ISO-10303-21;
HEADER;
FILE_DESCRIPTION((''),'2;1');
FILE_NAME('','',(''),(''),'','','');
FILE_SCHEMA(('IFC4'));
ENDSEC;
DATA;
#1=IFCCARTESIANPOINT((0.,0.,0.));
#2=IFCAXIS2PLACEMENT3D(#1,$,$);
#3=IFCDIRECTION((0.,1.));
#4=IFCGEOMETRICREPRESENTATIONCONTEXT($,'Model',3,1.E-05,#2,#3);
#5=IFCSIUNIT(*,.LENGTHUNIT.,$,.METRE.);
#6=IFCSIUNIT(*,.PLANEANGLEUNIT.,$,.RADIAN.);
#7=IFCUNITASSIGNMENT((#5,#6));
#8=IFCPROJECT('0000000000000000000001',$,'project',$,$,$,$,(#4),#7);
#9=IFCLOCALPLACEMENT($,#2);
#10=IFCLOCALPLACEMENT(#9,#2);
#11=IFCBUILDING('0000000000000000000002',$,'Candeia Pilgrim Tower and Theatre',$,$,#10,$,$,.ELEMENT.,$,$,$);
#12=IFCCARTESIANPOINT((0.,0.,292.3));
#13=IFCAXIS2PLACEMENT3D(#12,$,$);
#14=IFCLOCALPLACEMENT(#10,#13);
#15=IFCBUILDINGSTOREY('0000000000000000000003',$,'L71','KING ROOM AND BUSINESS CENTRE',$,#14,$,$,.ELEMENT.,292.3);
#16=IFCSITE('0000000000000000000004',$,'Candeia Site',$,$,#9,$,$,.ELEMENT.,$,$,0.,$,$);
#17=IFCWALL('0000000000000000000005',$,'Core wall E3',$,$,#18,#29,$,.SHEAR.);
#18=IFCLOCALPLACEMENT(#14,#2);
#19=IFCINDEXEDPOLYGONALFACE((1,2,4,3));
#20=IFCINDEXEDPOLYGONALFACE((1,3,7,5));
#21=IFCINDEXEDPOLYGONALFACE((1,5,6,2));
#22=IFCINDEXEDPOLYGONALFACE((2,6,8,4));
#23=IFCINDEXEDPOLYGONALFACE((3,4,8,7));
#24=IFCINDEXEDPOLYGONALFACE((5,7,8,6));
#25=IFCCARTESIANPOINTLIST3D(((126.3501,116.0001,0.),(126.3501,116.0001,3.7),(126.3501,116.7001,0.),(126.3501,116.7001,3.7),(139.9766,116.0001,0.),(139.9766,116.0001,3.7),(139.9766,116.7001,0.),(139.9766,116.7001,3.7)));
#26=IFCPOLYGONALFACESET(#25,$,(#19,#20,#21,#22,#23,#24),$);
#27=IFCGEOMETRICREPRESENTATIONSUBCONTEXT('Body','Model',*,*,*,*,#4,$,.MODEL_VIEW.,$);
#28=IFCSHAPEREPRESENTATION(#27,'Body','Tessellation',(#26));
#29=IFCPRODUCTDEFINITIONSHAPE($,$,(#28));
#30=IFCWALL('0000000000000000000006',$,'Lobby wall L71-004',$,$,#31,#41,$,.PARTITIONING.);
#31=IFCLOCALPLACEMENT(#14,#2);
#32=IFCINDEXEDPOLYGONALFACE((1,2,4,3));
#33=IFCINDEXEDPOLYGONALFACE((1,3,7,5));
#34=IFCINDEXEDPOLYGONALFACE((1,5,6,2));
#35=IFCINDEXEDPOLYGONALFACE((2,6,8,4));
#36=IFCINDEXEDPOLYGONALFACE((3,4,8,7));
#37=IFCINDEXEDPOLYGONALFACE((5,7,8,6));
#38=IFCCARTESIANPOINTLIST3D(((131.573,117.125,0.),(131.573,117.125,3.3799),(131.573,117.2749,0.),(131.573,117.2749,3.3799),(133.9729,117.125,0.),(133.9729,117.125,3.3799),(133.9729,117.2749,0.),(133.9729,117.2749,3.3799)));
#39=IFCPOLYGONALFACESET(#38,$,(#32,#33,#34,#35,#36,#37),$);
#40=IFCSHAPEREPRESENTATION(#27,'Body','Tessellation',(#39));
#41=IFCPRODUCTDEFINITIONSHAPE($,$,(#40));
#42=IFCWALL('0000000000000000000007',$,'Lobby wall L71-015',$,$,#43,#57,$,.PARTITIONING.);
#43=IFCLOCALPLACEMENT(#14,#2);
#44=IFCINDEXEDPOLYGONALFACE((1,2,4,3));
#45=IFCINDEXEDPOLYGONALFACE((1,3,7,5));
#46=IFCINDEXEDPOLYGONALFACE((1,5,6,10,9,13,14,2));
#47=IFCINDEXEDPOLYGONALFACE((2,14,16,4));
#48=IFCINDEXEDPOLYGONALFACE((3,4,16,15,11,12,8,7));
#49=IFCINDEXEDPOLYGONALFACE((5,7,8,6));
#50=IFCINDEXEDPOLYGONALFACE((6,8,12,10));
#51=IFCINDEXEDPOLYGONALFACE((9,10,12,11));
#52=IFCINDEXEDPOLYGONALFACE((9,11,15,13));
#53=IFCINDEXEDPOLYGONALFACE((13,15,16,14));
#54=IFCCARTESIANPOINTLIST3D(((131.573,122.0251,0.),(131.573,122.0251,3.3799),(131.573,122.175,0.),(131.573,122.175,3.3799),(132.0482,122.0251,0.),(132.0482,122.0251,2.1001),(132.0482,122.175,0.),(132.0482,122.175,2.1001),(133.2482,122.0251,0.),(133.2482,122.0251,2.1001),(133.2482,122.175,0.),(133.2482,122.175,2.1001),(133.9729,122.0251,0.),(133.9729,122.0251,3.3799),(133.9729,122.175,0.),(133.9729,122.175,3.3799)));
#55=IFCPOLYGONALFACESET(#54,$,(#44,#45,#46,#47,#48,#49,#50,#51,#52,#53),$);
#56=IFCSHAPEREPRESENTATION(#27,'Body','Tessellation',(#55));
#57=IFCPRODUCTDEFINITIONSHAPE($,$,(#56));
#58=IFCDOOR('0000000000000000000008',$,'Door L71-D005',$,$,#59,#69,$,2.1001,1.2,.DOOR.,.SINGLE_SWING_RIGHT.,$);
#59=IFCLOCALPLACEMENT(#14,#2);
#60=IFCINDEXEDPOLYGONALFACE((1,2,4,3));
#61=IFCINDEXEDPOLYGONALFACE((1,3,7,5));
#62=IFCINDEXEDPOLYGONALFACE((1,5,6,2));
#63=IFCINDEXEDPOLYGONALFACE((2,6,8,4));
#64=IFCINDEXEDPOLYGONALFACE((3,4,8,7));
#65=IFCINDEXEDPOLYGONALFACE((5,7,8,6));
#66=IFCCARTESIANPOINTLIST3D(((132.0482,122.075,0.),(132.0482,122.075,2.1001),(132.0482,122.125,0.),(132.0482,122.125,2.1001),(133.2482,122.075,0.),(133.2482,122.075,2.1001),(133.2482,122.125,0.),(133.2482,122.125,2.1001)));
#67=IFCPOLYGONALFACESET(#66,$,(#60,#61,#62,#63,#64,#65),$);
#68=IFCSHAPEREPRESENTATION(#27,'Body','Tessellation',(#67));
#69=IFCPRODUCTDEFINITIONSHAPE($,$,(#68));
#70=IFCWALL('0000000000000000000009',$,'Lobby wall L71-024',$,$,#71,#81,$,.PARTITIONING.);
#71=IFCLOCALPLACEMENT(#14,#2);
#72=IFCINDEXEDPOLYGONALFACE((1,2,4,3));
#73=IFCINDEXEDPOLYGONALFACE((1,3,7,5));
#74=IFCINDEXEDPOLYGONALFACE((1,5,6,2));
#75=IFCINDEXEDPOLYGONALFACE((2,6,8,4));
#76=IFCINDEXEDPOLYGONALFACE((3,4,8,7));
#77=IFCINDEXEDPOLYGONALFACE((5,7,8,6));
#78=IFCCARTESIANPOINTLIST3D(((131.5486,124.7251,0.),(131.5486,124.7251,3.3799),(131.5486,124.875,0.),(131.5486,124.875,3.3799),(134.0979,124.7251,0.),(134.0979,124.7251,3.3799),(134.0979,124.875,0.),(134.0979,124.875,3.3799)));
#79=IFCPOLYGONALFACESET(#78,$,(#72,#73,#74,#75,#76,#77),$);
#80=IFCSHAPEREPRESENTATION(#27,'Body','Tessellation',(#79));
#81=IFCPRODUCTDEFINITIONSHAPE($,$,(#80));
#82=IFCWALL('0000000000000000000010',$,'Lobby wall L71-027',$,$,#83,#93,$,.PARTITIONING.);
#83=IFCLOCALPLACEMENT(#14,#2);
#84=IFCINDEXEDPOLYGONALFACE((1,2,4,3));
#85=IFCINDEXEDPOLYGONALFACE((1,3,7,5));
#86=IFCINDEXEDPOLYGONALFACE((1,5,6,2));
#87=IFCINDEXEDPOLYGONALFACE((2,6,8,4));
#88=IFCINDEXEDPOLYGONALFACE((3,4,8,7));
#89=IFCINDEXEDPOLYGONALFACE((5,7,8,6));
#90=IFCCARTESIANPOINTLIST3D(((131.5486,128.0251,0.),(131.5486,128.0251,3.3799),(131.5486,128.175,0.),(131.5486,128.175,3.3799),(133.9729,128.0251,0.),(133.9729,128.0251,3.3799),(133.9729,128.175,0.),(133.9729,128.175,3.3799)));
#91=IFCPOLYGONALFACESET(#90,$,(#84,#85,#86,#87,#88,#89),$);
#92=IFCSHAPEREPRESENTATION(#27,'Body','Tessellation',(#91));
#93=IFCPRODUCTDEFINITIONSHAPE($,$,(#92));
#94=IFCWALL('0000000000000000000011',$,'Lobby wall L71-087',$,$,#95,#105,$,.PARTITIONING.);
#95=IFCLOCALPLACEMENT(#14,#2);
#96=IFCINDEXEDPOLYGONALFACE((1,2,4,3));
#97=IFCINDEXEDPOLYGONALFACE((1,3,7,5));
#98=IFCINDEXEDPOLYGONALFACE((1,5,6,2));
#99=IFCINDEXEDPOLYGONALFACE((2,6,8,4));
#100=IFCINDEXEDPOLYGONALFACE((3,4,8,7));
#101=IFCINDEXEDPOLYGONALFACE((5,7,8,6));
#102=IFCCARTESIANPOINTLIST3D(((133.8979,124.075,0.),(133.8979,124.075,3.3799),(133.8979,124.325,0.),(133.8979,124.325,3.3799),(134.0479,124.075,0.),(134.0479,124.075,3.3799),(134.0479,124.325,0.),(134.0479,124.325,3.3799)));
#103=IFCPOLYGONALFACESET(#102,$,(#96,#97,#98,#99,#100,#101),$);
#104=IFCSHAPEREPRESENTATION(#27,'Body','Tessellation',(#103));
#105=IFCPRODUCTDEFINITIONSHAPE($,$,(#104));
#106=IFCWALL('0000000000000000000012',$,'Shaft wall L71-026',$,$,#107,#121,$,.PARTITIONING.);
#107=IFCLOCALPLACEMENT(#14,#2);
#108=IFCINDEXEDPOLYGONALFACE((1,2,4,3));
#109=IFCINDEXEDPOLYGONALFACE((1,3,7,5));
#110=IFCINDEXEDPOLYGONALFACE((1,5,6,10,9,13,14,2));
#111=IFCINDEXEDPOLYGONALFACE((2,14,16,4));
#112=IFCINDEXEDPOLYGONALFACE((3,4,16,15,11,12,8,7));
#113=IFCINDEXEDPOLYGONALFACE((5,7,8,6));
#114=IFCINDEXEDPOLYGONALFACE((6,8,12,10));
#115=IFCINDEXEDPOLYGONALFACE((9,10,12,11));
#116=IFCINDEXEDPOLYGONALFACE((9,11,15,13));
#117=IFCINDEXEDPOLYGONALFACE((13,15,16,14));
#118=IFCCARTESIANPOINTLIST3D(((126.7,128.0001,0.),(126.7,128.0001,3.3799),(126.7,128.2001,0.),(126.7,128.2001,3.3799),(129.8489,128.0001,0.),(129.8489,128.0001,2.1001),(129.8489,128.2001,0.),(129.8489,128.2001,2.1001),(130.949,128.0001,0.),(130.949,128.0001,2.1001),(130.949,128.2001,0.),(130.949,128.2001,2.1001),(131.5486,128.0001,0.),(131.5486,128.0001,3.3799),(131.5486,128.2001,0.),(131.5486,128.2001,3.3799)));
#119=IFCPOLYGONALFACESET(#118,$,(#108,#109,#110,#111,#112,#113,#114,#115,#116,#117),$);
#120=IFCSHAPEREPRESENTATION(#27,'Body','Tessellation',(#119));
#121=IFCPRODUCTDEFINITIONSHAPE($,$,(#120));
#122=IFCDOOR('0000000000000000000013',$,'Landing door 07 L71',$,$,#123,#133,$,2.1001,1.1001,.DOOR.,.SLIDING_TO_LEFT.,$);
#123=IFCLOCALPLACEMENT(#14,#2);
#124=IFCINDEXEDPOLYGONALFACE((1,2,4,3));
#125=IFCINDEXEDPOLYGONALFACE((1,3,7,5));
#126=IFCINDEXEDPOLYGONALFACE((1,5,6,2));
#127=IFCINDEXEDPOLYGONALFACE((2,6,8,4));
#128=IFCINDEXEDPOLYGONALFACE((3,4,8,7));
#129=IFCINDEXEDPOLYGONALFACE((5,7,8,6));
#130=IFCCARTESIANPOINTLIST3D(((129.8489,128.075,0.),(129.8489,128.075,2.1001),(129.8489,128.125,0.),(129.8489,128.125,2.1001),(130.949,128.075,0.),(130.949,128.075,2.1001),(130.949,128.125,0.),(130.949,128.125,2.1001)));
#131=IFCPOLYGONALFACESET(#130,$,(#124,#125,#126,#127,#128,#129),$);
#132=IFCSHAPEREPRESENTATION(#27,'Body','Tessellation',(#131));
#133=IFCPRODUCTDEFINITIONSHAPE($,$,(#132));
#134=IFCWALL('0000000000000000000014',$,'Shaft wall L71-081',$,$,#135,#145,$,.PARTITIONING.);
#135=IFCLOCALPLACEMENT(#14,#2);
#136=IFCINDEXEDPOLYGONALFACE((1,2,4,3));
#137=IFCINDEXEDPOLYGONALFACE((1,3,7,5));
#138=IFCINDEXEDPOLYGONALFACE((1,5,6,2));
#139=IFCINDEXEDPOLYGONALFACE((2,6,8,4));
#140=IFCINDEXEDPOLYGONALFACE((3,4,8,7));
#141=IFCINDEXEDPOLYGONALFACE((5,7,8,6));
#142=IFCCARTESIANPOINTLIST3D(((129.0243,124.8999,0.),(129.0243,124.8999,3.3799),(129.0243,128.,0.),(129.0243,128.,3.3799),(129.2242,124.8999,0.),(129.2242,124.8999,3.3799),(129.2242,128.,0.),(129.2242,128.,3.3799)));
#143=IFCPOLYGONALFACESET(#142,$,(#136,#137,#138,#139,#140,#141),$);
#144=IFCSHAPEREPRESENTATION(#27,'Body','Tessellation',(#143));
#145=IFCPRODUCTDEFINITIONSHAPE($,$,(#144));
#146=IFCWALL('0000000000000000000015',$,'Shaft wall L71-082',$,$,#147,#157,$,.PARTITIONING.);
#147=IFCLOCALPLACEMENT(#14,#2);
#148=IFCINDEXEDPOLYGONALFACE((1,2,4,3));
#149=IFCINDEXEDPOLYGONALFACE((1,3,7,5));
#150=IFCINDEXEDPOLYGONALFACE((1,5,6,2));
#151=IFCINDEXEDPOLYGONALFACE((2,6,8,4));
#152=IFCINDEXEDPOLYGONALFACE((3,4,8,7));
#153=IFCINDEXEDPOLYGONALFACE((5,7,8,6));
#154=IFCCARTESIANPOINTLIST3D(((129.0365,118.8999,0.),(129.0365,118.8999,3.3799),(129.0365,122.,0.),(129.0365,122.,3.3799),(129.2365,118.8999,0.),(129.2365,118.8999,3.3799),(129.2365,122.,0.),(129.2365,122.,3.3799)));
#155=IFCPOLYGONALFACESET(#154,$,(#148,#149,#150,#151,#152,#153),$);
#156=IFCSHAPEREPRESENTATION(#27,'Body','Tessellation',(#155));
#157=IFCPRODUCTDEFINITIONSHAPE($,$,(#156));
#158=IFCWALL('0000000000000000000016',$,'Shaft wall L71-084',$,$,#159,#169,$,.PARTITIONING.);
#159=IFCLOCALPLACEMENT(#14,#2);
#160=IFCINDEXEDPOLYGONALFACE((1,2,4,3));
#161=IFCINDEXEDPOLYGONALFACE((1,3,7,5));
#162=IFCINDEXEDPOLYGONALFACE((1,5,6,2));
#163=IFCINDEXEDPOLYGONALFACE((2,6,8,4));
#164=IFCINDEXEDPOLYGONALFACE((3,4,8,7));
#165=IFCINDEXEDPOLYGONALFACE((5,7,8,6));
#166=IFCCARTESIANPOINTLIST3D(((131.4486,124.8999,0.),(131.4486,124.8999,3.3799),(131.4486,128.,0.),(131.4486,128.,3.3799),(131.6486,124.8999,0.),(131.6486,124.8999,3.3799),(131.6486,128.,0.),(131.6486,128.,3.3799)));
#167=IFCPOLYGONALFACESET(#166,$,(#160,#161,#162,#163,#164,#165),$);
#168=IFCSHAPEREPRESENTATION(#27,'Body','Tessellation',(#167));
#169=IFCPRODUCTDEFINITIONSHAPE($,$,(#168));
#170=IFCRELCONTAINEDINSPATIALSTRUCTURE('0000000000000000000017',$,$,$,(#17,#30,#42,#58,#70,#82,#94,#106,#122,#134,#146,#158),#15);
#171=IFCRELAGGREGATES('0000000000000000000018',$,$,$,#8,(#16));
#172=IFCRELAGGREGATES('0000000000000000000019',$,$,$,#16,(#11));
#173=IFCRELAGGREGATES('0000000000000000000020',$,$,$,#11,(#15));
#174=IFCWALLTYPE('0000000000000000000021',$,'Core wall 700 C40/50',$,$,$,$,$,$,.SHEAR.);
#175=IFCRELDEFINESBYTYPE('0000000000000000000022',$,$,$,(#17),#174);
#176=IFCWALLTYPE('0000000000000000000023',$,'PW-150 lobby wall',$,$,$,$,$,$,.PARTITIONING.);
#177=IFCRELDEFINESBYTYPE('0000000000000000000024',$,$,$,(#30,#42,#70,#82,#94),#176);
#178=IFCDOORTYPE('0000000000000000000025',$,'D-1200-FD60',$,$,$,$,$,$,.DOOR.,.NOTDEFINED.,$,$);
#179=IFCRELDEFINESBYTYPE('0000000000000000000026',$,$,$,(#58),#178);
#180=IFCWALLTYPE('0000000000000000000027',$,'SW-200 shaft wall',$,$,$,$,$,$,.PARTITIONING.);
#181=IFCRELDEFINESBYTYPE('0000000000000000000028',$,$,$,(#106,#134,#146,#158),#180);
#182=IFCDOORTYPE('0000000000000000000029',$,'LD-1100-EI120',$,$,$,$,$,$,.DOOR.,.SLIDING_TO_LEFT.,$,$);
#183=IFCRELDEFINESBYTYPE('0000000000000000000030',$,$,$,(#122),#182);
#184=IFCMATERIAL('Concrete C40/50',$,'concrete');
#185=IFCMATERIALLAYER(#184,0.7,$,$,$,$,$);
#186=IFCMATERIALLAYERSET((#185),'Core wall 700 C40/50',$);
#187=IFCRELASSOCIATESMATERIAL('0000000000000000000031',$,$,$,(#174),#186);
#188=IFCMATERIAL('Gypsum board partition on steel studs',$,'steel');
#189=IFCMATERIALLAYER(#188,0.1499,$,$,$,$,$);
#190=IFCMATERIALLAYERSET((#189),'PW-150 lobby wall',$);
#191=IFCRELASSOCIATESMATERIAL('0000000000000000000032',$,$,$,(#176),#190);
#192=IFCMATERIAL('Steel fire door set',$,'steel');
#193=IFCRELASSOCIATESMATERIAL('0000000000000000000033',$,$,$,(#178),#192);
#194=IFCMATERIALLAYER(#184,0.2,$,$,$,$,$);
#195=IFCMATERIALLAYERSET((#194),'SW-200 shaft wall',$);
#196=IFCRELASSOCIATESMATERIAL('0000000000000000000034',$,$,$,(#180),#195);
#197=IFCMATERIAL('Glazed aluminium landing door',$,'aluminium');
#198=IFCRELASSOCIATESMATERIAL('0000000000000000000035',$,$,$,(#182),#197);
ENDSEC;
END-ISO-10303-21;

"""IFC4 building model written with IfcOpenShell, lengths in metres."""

from ifc_helpers import new_model, si_unit, direction, frame, frame_2d, origin, place, context, subcontext, project, spatial, rectangle, extrude, material, layer, layer_set, type_object, element, fill, save


model = new_model("IFC4")

# Units and contexts
model_context = context("Model", 3, precision=1e-05, world=origin(), true_north=direction((0.0, 1.0)))
body_context = subcontext(model_context, "Body", "Model", "MODEL_VIEW")
ifc_project = project(units=[si_unit("LENGTHUNIT", "METRE"), si_unit("PLANEANGLEUNIT", "RADIAN")], contexts=[model_context])

# Site, building, storey
site_placement = place(None, origin())
site = spatial("IfcSite", under=ifc_project, at=site_placement, Name="Candeia Site", CompositionType="ELEMENT", RefElevation=0.0)
building_placement = place(site_placement, origin())
building = spatial("IfcBuilding", under=site, at=building_placement, Name="Candeia Pilgrim Tower and Theatre", CompositionType="ELEMENT")
storey_placement = place(building_placement, frame((0.0, 0.0, 292.3)))
storey = spatial("IfcBuildingStorey", under=building, at=storey_placement, Name="L71", Description="KING ROOM AND BUSINESS CENTRE", CompositionType="ELEMENT", Elevation=292.3)

# Walls
ifc_material_1 = material(Name="Concrete C40/50", Category="concrete")
ifc_layer_1 = layer(ifc_material_1, 0.7)
ifc_layer_set_1 = layer_set([ifc_layer_1], Name="Core wall 700 C40/50")
wall_type_1 = type_object("IfcWallType", Name="Core wall 700 C40/50", PredefinedType="SHEAR", material=ifc_layer_set_1)
wall_1_placement = place(storey_placement, frame((139.9766, 116.3501, 0.0), z_axis=(0.0, 0.0, 1.0), x_axis=(-1.0, 0.0, 0.0)))
element("IfcWall", 1, at=wall_1_placement, inside=storey, type_object=wall_type_1, Name="Core wall E3", PredefinedType="SHEAR", context=body_context, shape_type="SweptSolid", body=[
    extrude(rectangle(XDim=13.6265, YDim=0.7, at=frame_2d((6.8132, 0.0))), origin(), (0.0, 0.0, 1.0), 3.7),
])
ifc_material_2 = material(Name="Gypsum board partition on steel studs", Category="steel")
ifc_layer_2 = layer(ifc_material_2, 0.1499)
ifc_layer_set_2 = layer_set([ifc_layer_2], Name="PW-150 lobby wall")
wall_type_2 = type_object("IfcWallType", Name="PW-150 lobby wall", PredefinedType="PARTITIONING", material=ifc_layer_set_2)
wall_2_placement = place(storey_placement, frame((131.573, 117.2, 0.0), z_axis=(0.0, 0.0, 1.0), x_axis=(1.0, 0.0, 0.0)))
element("IfcWall", 2, at=wall_2_placement, inside=storey, type_object=wall_type_2, Name="Lobby wall L71-004", PredefinedType="PARTITIONING", context=body_context, shape_type="SweptSolid", body=[
    extrude(rectangle(XDim=2.3999, YDim=0.1499, at=frame_2d((1.2, 0.0))), origin(), (0.0, 0.0, 1.0), 3.3799),
])

# Wall, opening, door
wall_3_placement = place(storey_placement, frame((131.573, 122.1001, 0.0), z_axis=(0.0, 0.0, 1.0), x_axis=(1.0, 0.0, 0.0)))
wall_3 = element("IfcWall", 3, at=wall_3_placement, inside=storey, type_object=wall_type_2, Name="Lobby wall L71-015", PredefinedType="PARTITIONING", context=body_context, shape_type="SweptSolid", body=[
    extrude(rectangle(XDim=2.3999, YDim=0.1499, at=frame_2d((1.2, 0.0))), origin(), (0.0, 0.0, 1.0), 3.3799),
])
opening_1_placement = place(wall_3_placement, frame((0.4751, 0.0, 0.0)))
opening_1 = element("IfcOpeningElement", 4, at=opening_1_placement, cuts=wall_3, PredefinedType="OPENING", context=body_context, shape_type="SweptSolid", body=[
    extrude(rectangle(XDim=1.2, YDim=2.1001, at=frame_2d((0.6001, 1.05))), frame((0.0, 0.085, 0.0), z_axis=(0.0, -1.0, 0.0), x_axis=(1.0, 0.0, 0.0)), (0.0, 0.0, 1.0), 0.1699),
])
ifc_material_3 = material(Name="Steel fire door set", Category="steel")
door_type_1 = type_object("IfcDoorType", Name="D-1200-FD60", OperationType="NOTDEFINED", PredefinedType="DOOR", material=ifc_material_3)
door_1_placement = place(opening_1_placement, origin())
door_1 = element("IfcDoor", 5, at=door_1_placement, inside=storey, type_object=door_type_1, Name="Door L71-D005", OperationType="SINGLE_SWING_RIGHT", OverallHeight=2.1001, OverallWidth=1.2, PredefinedType="DOOR", context=body_context, shape_type="SweptSolid", body=[
    extrude(rectangle(XDim=1.2, YDim=2.1001, at=frame_2d((0.6001, 1.05))), frame((0.0, 0.0249, 0.0), z_axis=(0.0, -1.0, 0.0), x_axis=(1.0, 0.0, 0.0)), (0.0, 0.0, 1.0), 0.05),
])
fill(opening_1, door_1)

# Walls
wall_4_placement = place(storey_placement, frame((131.5486, 124.8, 0.0), z_axis=(0.0, 0.0, 1.0), x_axis=(1.0, 0.0, 0.0)))
element("IfcWall", 6, at=wall_4_placement, inside=storey, type_object=wall_type_2, Name="Lobby wall L71-024", PredefinedType="PARTITIONING", context=body_context, shape_type="SweptSolid", body=[
    extrude(rectangle(XDim=2.5493, YDim=0.1499, at=frame_2d((1.2747, 0.0))), origin(), (0.0, 0.0, 1.0), 3.3799),
])
wall_5_placement = place(storey_placement, frame((131.5486, 128.1001, 0.0), z_axis=(0.0, 0.0, 1.0), x_axis=(1.0, 0.0, 0.0)))
element("IfcWall", 7, at=wall_5_placement, inside=storey, type_object=wall_type_2, Name="Lobby wall L71-027", PredefinedType="PARTITIONING", context=body_context, shape_type="SweptSolid", body=[
    extrude(rectangle(XDim=2.4243, YDim=0.1499, at=frame_2d((1.2122, 0.0))), origin(), (0.0, 0.0, 1.0), 3.3799),
])
wall_6_placement = place(storey_placement, frame((133.9729, 124.075, 0.0), z_axis=(0.0, 0.0, 1.0), x_axis=(0.0, 1.0, 0.0)))
element("IfcWall", 8, at=wall_6_placement, inside=storey, type_object=wall_type_2, Name="Lobby wall L71-087", PredefinedType="PARTITIONING", context=body_context, shape_type="SweptSolid", body=[
    extrude(rectangle(XDim=0.25, YDim=0.1499, at=frame_2d((0.125, 0.0))), origin(), (0.0, 0.0, 1.0), 3.3799),
])

# Wall, opening, door
ifc_layer_3 = layer(ifc_material_1, 0.2)
ifc_layer_set_3 = layer_set([ifc_layer_3], Name="SW-200 shaft wall")
wall_type_3 = type_object("IfcWallType", Name="SW-200 shaft wall", PredefinedType="PARTITIONING", material=ifc_layer_set_3)
wall_7_placement = place(storey_placement, frame((126.7, 128.1001, 0.0), z_axis=(0.0, 0.0, 1.0), x_axis=(1.0, 0.0, 0.0)))
wall_7 = element("IfcWall", 9, at=wall_7_placement, inside=storey, type_object=wall_type_3, Name="Shaft wall L71-026", PredefinedType="PARTITIONING", context=body_context, shape_type="SweptSolid", body=[
    extrude(rectangle(XDim=4.8486, YDim=0.2, at=frame_2d((2.4243, 0.0))), origin(), (0.0, 0.0, 1.0), 3.3799),
])
opening_2_placement = place(wall_7_placement, frame((3.1489, 0.0, 0.0)))
opening_2 = element("IfcOpeningElement", 10, at=opening_2_placement, cuts=wall_7, PredefinedType="OPENING", context=body_context, shape_type="SweptSolid", body=[
    extrude(rectangle(XDim=1.1001, YDim=2.1001, at=frame_2d((0.55, 1.05))), frame((0.0, 0.1099, 0.0), z_axis=(0.0, -1.0, 0.0), x_axis=(1.0, 0.0, 0.0)), (0.0, 0.0, 1.0), 0.22),
])
ifc_material_4 = material(Name="Glazed aluminium landing door", Category="aluminium")
door_type_2 = type_object("IfcDoorType", Name="LD-1100-EI120", OperationType="SLIDING_TO_LEFT", PredefinedType="DOOR", material=ifc_material_4)
door_2_placement = place(opening_2_placement, origin())
door_2 = element("IfcDoor", 11, at=door_2_placement, inside=storey, type_object=door_type_2, Name="Landing door 07 L71", OperationType="SLIDING_TO_LEFT", OverallHeight=2.1001, OverallWidth=1.1001, PredefinedType="DOOR", context=body_context, shape_type="SweptSolid", body=[
    extrude(rectangle(XDim=1.1001, YDim=2.1001, at=frame_2d((0.55, 1.05))), frame((0.0, 0.0249, 0.0), z_axis=(0.0, -1.0, 0.0), x_axis=(1.0, 0.0, 0.0)), (0.0, 0.0, 1.0), 0.05),
])
fill(opening_2, door_2)

# Walls
for number, where, z_axis, x_axis, name in (
    (12, (129.1243, 124.8999, 0.0), (0.0, 0.0, 1.0), (0.0, 1.0, 0.0), "Shaft wall L71-081"),
    (13, (129.1365, 118.8999, 0.0), (0.0, 0.0, 1.0), (0.0, 1.0, 0.0), "Shaft wall L71-082"),
    (14, (131.5486, 124.8999, 0.0), (0.0, 0.0, 1.0), (0.0, 1.0, 0.0), "Shaft wall L71-084"),
):
    element("IfcWall", number, at=place(storey_placement, frame(where, z_axis=z_axis, x_axis=x_axis)), inside=storey, type_object=wall_type_3, Name=name, PredefinedType="PARTITIONING", context=body_context, shape_type="SweptSolid", body=[
        extrude(rectangle(XDim=3.1001, YDim=0.2, at=frame_2d((1.55, 0.0))), origin(), (0.0, 0.0, 1.0), 3.3799),
    ])

save(model, "model.ifc")
